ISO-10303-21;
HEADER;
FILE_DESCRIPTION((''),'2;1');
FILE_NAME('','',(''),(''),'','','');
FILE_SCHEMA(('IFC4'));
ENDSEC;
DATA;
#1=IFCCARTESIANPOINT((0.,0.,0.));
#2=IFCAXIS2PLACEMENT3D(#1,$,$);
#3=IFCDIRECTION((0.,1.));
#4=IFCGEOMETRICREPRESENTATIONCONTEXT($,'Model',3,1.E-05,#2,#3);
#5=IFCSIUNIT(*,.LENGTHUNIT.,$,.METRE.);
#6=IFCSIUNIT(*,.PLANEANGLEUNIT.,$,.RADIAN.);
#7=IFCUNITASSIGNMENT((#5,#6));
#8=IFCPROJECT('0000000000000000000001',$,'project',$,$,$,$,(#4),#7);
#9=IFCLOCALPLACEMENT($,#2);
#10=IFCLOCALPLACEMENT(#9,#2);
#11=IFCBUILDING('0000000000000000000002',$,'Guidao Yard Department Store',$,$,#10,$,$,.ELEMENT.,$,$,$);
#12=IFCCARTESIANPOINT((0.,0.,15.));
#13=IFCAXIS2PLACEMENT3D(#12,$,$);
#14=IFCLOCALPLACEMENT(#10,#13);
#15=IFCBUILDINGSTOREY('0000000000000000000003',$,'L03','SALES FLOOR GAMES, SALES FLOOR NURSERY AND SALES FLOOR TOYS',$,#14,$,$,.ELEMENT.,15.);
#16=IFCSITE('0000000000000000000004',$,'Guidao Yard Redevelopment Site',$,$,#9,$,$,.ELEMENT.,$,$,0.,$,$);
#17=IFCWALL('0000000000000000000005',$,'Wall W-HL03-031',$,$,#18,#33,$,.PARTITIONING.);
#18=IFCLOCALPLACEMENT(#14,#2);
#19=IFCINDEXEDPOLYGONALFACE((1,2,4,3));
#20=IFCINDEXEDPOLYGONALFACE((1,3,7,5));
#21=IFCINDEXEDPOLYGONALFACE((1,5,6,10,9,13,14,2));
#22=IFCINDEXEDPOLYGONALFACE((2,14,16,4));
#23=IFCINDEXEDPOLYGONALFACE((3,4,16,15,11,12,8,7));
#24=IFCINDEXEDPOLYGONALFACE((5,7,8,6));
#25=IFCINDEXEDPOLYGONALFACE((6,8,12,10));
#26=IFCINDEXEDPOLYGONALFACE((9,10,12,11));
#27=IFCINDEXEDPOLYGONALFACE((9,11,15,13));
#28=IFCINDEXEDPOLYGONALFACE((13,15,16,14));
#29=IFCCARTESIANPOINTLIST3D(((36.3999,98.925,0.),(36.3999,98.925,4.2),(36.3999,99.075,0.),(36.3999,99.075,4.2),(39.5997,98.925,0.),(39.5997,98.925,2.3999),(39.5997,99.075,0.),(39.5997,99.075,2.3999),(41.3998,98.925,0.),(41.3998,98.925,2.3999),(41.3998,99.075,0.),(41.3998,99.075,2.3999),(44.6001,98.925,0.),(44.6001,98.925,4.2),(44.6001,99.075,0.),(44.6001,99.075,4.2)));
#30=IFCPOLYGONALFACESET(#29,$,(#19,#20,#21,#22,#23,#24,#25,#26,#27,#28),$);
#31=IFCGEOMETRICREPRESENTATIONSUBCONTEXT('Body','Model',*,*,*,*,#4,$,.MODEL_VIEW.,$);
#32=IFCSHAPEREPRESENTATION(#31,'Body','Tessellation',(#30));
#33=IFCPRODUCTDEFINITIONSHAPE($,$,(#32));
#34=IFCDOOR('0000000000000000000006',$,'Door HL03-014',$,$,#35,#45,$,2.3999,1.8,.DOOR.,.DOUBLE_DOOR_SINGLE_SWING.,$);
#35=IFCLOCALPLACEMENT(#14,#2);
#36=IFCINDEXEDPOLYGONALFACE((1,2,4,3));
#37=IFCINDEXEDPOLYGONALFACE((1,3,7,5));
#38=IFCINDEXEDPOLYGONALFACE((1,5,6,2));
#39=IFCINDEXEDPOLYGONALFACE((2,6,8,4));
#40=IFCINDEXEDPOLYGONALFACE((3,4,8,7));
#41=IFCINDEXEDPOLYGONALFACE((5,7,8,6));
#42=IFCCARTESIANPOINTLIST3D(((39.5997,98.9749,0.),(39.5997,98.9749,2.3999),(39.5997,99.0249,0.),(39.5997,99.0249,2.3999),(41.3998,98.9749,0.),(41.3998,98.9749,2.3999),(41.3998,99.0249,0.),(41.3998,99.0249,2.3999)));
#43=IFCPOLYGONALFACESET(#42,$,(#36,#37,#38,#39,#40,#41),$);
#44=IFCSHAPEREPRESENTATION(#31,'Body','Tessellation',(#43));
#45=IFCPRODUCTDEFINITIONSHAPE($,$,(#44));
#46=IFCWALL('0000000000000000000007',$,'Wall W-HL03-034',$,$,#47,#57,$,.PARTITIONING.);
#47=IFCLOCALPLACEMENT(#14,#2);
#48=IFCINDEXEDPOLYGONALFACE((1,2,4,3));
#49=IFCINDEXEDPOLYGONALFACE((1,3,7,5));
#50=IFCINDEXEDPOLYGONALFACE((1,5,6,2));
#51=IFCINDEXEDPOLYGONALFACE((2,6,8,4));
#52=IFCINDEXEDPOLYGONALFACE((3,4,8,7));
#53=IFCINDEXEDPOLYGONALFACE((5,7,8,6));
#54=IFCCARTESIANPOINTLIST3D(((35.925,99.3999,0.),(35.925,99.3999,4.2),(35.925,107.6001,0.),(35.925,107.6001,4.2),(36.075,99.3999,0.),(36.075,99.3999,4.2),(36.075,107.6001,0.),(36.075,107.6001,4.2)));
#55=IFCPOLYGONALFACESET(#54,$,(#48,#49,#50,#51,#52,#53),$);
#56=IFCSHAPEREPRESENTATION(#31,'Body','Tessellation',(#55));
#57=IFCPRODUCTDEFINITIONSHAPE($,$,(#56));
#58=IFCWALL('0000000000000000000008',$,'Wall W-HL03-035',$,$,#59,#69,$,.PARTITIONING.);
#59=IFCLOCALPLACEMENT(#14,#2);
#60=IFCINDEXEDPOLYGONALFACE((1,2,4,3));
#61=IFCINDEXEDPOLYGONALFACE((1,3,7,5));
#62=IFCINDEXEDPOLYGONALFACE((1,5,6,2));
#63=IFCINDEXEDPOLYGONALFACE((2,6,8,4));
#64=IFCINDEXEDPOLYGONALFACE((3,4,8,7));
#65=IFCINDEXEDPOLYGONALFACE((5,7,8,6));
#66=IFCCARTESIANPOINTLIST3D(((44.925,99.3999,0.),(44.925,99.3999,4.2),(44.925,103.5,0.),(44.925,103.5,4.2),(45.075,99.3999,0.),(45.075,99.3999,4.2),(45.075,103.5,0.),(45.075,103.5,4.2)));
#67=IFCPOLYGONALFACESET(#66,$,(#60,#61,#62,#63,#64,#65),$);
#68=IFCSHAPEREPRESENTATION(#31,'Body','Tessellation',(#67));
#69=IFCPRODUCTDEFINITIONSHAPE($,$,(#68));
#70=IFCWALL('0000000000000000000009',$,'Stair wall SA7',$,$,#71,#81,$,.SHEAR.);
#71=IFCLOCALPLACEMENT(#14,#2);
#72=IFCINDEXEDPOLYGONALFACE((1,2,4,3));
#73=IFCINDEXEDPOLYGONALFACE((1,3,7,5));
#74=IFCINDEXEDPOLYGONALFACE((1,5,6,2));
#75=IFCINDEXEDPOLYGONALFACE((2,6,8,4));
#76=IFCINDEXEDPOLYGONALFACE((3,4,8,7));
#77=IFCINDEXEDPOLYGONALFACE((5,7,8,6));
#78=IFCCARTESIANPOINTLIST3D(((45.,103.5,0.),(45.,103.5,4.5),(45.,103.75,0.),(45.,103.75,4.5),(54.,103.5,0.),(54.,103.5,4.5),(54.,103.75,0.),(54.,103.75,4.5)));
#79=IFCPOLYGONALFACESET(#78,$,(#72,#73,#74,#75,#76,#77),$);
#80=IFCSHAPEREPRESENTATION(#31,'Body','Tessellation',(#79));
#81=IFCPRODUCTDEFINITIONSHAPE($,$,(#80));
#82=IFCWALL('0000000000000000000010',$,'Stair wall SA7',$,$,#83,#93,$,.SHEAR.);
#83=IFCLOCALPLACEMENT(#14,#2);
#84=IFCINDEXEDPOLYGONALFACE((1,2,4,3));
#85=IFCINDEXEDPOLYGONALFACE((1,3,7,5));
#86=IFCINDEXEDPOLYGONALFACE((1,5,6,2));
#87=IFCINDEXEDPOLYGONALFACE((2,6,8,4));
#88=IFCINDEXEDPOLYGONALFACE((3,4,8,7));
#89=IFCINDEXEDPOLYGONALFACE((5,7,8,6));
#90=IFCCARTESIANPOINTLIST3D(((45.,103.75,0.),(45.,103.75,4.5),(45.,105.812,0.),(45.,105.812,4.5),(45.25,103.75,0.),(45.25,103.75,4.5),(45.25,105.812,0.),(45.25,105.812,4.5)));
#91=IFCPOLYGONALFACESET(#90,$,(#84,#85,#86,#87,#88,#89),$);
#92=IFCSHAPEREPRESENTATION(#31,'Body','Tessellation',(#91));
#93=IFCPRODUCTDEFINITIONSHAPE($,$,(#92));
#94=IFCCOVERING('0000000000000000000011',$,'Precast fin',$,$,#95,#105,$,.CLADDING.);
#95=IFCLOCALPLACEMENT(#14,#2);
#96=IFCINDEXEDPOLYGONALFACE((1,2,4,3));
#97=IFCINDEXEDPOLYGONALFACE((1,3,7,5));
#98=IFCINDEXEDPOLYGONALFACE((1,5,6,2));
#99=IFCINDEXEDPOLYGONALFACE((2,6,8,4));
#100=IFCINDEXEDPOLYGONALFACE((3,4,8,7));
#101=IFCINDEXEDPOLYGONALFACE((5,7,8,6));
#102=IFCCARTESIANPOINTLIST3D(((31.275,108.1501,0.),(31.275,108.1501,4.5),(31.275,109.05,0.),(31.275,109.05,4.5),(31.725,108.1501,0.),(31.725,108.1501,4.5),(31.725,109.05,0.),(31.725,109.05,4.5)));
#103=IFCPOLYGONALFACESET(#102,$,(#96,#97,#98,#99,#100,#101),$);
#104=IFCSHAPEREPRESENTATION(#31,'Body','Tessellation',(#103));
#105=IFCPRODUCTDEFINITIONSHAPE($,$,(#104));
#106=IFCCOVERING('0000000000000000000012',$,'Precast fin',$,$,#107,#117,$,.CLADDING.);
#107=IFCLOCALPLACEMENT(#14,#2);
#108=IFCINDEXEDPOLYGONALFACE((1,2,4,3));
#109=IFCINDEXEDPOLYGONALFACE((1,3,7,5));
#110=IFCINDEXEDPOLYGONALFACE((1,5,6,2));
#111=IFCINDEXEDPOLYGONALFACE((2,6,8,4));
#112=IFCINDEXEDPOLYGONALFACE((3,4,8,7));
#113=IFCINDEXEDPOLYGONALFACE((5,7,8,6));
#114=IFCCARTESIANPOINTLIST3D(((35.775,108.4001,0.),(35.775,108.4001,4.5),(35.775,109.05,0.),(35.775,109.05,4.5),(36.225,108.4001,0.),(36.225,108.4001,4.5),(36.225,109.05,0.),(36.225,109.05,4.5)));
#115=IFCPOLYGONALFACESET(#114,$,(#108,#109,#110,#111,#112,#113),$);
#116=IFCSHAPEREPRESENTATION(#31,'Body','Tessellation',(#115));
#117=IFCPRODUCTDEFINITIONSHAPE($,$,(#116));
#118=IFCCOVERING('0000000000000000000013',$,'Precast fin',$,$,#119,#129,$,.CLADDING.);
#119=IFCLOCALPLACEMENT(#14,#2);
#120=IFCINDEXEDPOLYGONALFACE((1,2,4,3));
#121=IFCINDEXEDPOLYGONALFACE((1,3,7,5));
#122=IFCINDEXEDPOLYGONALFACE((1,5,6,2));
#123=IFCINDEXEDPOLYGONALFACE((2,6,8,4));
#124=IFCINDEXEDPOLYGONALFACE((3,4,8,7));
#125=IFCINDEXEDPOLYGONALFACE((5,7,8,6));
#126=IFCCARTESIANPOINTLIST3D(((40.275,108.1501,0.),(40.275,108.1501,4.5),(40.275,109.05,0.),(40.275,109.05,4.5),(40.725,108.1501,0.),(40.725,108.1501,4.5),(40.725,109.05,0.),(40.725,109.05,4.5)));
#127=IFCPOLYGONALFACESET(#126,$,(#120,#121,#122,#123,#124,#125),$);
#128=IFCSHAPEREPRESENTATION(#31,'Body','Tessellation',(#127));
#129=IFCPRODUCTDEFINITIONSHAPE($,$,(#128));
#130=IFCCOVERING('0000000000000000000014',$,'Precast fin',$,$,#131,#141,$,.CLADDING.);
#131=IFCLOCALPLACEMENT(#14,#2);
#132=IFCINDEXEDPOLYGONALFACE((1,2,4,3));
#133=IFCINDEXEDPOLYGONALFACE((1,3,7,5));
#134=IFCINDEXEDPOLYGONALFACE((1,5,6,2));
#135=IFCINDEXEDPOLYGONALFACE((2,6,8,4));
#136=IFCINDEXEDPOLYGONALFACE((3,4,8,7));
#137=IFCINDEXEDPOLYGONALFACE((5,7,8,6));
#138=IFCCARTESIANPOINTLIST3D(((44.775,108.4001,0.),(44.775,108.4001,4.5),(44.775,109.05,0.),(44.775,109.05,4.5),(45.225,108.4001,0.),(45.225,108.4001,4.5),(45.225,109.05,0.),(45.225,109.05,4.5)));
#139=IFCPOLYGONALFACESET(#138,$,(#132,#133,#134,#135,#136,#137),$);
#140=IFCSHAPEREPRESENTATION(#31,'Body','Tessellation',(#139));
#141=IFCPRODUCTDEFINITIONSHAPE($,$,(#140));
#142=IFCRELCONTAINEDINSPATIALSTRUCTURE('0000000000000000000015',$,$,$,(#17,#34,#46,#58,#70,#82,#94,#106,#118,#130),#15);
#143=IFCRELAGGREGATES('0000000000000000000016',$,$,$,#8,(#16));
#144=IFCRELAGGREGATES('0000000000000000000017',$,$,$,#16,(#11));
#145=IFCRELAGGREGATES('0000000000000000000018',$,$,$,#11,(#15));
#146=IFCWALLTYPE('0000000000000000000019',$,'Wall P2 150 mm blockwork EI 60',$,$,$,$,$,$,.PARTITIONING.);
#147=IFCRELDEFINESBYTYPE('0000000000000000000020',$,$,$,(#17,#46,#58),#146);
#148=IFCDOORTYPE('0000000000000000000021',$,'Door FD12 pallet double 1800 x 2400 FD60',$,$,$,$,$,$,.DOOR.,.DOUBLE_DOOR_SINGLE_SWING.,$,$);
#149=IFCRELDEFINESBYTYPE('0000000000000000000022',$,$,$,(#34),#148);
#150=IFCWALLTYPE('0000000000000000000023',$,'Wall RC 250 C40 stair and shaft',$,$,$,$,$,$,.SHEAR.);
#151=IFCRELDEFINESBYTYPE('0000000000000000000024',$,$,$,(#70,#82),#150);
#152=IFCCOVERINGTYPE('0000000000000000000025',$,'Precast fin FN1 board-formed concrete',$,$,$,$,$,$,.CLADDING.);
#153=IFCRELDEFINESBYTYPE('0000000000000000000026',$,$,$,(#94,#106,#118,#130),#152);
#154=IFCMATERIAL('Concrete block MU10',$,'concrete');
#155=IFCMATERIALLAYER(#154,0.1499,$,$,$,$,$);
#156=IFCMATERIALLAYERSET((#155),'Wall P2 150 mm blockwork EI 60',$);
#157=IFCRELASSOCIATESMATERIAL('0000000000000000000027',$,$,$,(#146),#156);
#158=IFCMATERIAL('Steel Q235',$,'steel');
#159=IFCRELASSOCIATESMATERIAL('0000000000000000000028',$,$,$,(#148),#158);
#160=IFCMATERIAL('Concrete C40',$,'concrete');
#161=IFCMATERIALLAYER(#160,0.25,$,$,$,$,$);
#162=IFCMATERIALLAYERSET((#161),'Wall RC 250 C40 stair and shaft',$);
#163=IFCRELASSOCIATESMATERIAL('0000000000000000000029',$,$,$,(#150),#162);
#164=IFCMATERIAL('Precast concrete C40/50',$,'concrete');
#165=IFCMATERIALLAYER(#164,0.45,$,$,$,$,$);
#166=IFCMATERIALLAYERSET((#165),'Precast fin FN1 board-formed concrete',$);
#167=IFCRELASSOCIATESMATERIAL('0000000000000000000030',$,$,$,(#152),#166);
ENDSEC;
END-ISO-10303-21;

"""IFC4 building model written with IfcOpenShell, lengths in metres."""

from ifc_helpers import new_model, si_unit, direction, frame, frame_2d, origin, origin_2d, place, context, subcontext, project, spatial, rectangle, extrude, material, layer, layer_set, type_object, element, fill, save


model = new_model("IFC4")

# Units and contexts
model_context = context("Model", 3, precision=1e-05, world=origin(), true_north=direction((0.0, 1.0)))
body_context = subcontext(model_context, "Body", "Model", "MODEL_VIEW")
ifc_project = project(units=[si_unit("LENGTHUNIT", "METRE"), si_unit("PLANEANGLEUNIT", "RADIAN")], contexts=[model_context])

# Site, building, storey
site_placement = place(None, origin())
site = spatial("IfcSite", under=ifc_project, at=site_placement, Name="Guidao Yard Redevelopment Site", CompositionType="ELEMENT", RefElevation=0.0)
building_placement = place(site_placement, origin())
building = spatial("IfcBuilding", under=site, at=building_placement, Name="Guidao Yard Department Store", CompositionType="ELEMENT")
storey_placement = place(building_placement, frame((0.0, 0.0, 15.0)))
storey = spatial("IfcBuildingStorey", under=building, at=storey_placement, Name="L03", Description="SALES FLOOR GAMES, SALES FLOOR NURSERY AND SALES FLOOR TOYS", CompositionType="ELEMENT", Elevation=15.0)

# Wall, opening, door
ifc_material_1 = material(Name="Concrete block MU10", Category="concrete")
ifc_layer_1 = layer(ifc_material_1, 0.1499)
ifc_layer_set_1 = layer_set([ifc_layer_1], Name="Wall P2 150 mm blockwork EI 60")
wall_type_1 = type_object("IfcWallType", Name="Wall P2 150 mm blockwork EI 60", PredefinedType="PARTITIONING", material=ifc_layer_set_1)
wall_1_placement = place(storey_placement, frame((36.3999, 99.0, 0.0), z_axis=(0.0, 0.0, 1.0), x_axis=(1.0, 0.0, 0.0)))
wall_1 = element("IfcWall", 1, at=wall_1_placement, inside=storey, type_object=wall_type_1, Name="Wall W-HL03-031", PredefinedType="PARTITIONING", context=body_context, shape_type="SweptSolid", body=[
    extrude(rectangle(XDim=8.2002, YDim=0.1499, at=frame_2d((4.1001, 0.0))), origin(), (0.0, 0.0, 1.0), 4.2),
])
opening_1_placement = place(wall_1_placement, frame((3.2, 0.0, 0.0)))
opening_1 = element("IfcOpeningElement", 2, at=opening_1_placement, cuts=wall_1, PredefinedType="OPENING", context=body_context, shape_type="SweptSolid", body=[
    extrude(rectangle(XDim=1.8, YDim=2.3999, at=frame_2d((0.8999, 1.2))), frame((0.0, 0.085, 0.0), z_axis=(0.0, -1.0, 0.0), x_axis=(1.0, 0.0, 0.0)), (0.0, 0.0, 1.0), 0.1699),
])
ifc_material_2 = material(Name="Steel Q235", Category="steel")
door_type = type_object("IfcDoorType", Name="Door FD12 pallet double 1800 x 2400 FD60", OperationType="DOUBLE_DOOR_SINGLE_SWING", PredefinedType="DOOR", material=ifc_material_2)
door_placement = place(opening_1_placement, origin())
door = element("IfcDoor", 3, at=door_placement, inside=storey, type_object=door_type, Name="Door HL03-014", OperationType="DOUBLE_DOOR_SINGLE_SWING", OverallHeight=2.3999, OverallWidth=1.8, PredefinedType="DOOR", context=body_context, shape_type="SweptSolid", body=[
    extrude(rectangle(XDim=1.8, YDim=2.3999, at=frame_2d((0.8999, 1.2))), frame((0.0, 0.0249, 0.0), z_axis=(0.0, -1.0, 0.0), x_axis=(1.0, 0.0, 0.0)), (0.0, 0.0, 1.0), 0.05),
])
fill(opening_1, door)

# Walls
wall_2_placement = place(storey_placement, frame((36.0, 99.3999, 0.0), z_axis=(0.0, 0.0, 1.0), x_axis=(0.0, 1.0, 0.0)))
element("IfcWall", 4, at=wall_2_placement, inside=storey, type_object=wall_type_1, Name="Wall W-HL03-034", PredefinedType="PARTITIONING", context=body_context, shape_type="SweptSolid", body=[
    extrude(rectangle(XDim=8.2002, YDim=0.1499, at=frame_2d((4.1001, 0.0))), origin(), (0.0, 0.0, 1.0), 4.2),
])
wall_3_placement = place(storey_placement, frame((45.0, 99.3999, 0.0), z_axis=(0.0, 0.0, 1.0), x_axis=(0.0, 1.0, 0.0)))
element("IfcWall", 5, at=wall_3_placement, inside=storey, type_object=wall_type_1, Name="Wall W-HL03-035", PredefinedType="PARTITIONING", context=body_context, shape_type="SweptSolid", body=[
    extrude(rectangle(XDim=4.1001, YDim=0.1499, at=frame_2d((2.05, 0.0))), origin(), (0.0, 0.0, 1.0), 4.2),
])
ifc_material_3 = material(Name="Concrete C40", Category="concrete")
ifc_layer_2 = layer(ifc_material_3, 0.25)
ifc_layer_set_2 = layer_set([ifc_layer_2], Name="Wall RC 250 C40 stair and shaft")
wall_type_2 = type_object("IfcWallType", Name="Wall RC 250 C40 stair and shaft", PredefinedType="SHEAR", material=ifc_layer_set_2)
wall_4_placement = place(storey_placement, frame((45.0, 103.625, 0.0), z_axis=(0.0, 0.0, 1.0), x_axis=(1.0, 0.0, 0.0)))
element("IfcWall", 6, at=wall_4_placement, inside=storey, type_object=wall_type_2, Name="Stair wall SA7", PredefinedType="SHEAR", context=body_context, shape_type="SweptSolid", body=[
    extrude(rectangle(XDim=9.0, YDim=0.25, at=frame_2d((4.5, 0.0))), origin(), (0.0, 0.0, 1.0), 4.5),
])
wall_5_placement = place(storey_placement, frame((45.125, 103.75, 0.0), z_axis=(0.0, 0.0, 1.0), x_axis=(0.0, 1.0, 0.0)))
element("IfcWall", 7, at=wall_5_placement, inside=storey, type_object=wall_type_2, Name="Stair wall SA7", PredefinedType="SHEAR", context=body_context, shape_type="SweptSolid", body=[
    extrude(rectangle(XDim=2.062, YDim=0.25, at=frame_2d((1.031, 0.0))), origin(), (0.0, 0.0, 1.0), 4.5),
])

# Coverings
ifc_material_4 = material(Name="Precast concrete C40/50", Category="concrete")
ifc_layer_3 = layer(ifc_material_4, 0.45)
ifc_layer_set_3 = layer_set([ifc_layer_3], Name="Precast fin FN1 board-formed concrete")
covering_type = type_object("IfcCoveringType", Name="Precast fin FN1 board-formed concrete", PredefinedType="CLADDING", material=ifc_layer_set_3)
covering_1_placement = place(storey_placement, frame((31.5, 108.6001, 0.0), z_axis=(0.0, 0.0, 1.0), x_axis=(1.0, 0.0, 0.0)))
element("IfcCovering", 8, at=covering_1_placement, inside=storey, type_object=covering_type, Name="Precast fin", PredefinedType="CLADDING", context=body_context, shape_type="SweptSolid", body=[
    extrude(rectangle(XDim=0.45, YDim=0.8999, at=origin_2d()), origin(), (0.0, 0.0, 1.0), 4.5),
])
covering_2_placement = place(storey_placement, frame((36.0, 108.7251, 0.0), z_axis=(0.0, 0.0, 1.0), x_axis=(1.0, 0.0, 0.0)))
element("IfcCovering", 9, at=covering_2_placement, inside=storey, type_object=covering_type, Name="Precast fin", PredefinedType="CLADDING", context=body_context, shape_type="SweptSolid", body=[
    extrude(rectangle(XDim=0.45, YDim=0.6499, at=origin_2d()), origin(), (0.0, 0.0, 1.0), 4.5),
])
covering_3_placement = place(storey_placement, frame((40.5, 108.6001, 0.0), z_axis=(0.0, 0.0, 1.0), x_axis=(1.0, 0.0, 0.0)))
element("IfcCovering", 10, at=covering_3_placement, inside=storey, type_object=covering_type, Name="Precast fin", PredefinedType="CLADDING", context=body_context, shape_type="SweptSolid", body=[
    extrude(rectangle(XDim=0.45, YDim=0.8999, at=origin_2d()), origin(), (0.0, 0.0, 1.0), 4.5),
])
covering_4_placement = place(storey_placement, frame((45.0, 108.7251, 0.0), z_axis=(0.0, 0.0, 1.0), x_axis=(1.0, 0.0, 0.0)))
element("IfcCovering", 11, at=covering_4_placement, inside=storey, type_object=covering_type, Name="Precast fin", PredefinedType="CLADDING", context=body_context, shape_type="SweptSolid", body=[
    extrude(rectangle(XDim=0.45, YDim=0.6499, at=origin_2d()), origin(), (0.0, 0.0, 1.0), 4.5),
])

save(model, "model.ifc")
